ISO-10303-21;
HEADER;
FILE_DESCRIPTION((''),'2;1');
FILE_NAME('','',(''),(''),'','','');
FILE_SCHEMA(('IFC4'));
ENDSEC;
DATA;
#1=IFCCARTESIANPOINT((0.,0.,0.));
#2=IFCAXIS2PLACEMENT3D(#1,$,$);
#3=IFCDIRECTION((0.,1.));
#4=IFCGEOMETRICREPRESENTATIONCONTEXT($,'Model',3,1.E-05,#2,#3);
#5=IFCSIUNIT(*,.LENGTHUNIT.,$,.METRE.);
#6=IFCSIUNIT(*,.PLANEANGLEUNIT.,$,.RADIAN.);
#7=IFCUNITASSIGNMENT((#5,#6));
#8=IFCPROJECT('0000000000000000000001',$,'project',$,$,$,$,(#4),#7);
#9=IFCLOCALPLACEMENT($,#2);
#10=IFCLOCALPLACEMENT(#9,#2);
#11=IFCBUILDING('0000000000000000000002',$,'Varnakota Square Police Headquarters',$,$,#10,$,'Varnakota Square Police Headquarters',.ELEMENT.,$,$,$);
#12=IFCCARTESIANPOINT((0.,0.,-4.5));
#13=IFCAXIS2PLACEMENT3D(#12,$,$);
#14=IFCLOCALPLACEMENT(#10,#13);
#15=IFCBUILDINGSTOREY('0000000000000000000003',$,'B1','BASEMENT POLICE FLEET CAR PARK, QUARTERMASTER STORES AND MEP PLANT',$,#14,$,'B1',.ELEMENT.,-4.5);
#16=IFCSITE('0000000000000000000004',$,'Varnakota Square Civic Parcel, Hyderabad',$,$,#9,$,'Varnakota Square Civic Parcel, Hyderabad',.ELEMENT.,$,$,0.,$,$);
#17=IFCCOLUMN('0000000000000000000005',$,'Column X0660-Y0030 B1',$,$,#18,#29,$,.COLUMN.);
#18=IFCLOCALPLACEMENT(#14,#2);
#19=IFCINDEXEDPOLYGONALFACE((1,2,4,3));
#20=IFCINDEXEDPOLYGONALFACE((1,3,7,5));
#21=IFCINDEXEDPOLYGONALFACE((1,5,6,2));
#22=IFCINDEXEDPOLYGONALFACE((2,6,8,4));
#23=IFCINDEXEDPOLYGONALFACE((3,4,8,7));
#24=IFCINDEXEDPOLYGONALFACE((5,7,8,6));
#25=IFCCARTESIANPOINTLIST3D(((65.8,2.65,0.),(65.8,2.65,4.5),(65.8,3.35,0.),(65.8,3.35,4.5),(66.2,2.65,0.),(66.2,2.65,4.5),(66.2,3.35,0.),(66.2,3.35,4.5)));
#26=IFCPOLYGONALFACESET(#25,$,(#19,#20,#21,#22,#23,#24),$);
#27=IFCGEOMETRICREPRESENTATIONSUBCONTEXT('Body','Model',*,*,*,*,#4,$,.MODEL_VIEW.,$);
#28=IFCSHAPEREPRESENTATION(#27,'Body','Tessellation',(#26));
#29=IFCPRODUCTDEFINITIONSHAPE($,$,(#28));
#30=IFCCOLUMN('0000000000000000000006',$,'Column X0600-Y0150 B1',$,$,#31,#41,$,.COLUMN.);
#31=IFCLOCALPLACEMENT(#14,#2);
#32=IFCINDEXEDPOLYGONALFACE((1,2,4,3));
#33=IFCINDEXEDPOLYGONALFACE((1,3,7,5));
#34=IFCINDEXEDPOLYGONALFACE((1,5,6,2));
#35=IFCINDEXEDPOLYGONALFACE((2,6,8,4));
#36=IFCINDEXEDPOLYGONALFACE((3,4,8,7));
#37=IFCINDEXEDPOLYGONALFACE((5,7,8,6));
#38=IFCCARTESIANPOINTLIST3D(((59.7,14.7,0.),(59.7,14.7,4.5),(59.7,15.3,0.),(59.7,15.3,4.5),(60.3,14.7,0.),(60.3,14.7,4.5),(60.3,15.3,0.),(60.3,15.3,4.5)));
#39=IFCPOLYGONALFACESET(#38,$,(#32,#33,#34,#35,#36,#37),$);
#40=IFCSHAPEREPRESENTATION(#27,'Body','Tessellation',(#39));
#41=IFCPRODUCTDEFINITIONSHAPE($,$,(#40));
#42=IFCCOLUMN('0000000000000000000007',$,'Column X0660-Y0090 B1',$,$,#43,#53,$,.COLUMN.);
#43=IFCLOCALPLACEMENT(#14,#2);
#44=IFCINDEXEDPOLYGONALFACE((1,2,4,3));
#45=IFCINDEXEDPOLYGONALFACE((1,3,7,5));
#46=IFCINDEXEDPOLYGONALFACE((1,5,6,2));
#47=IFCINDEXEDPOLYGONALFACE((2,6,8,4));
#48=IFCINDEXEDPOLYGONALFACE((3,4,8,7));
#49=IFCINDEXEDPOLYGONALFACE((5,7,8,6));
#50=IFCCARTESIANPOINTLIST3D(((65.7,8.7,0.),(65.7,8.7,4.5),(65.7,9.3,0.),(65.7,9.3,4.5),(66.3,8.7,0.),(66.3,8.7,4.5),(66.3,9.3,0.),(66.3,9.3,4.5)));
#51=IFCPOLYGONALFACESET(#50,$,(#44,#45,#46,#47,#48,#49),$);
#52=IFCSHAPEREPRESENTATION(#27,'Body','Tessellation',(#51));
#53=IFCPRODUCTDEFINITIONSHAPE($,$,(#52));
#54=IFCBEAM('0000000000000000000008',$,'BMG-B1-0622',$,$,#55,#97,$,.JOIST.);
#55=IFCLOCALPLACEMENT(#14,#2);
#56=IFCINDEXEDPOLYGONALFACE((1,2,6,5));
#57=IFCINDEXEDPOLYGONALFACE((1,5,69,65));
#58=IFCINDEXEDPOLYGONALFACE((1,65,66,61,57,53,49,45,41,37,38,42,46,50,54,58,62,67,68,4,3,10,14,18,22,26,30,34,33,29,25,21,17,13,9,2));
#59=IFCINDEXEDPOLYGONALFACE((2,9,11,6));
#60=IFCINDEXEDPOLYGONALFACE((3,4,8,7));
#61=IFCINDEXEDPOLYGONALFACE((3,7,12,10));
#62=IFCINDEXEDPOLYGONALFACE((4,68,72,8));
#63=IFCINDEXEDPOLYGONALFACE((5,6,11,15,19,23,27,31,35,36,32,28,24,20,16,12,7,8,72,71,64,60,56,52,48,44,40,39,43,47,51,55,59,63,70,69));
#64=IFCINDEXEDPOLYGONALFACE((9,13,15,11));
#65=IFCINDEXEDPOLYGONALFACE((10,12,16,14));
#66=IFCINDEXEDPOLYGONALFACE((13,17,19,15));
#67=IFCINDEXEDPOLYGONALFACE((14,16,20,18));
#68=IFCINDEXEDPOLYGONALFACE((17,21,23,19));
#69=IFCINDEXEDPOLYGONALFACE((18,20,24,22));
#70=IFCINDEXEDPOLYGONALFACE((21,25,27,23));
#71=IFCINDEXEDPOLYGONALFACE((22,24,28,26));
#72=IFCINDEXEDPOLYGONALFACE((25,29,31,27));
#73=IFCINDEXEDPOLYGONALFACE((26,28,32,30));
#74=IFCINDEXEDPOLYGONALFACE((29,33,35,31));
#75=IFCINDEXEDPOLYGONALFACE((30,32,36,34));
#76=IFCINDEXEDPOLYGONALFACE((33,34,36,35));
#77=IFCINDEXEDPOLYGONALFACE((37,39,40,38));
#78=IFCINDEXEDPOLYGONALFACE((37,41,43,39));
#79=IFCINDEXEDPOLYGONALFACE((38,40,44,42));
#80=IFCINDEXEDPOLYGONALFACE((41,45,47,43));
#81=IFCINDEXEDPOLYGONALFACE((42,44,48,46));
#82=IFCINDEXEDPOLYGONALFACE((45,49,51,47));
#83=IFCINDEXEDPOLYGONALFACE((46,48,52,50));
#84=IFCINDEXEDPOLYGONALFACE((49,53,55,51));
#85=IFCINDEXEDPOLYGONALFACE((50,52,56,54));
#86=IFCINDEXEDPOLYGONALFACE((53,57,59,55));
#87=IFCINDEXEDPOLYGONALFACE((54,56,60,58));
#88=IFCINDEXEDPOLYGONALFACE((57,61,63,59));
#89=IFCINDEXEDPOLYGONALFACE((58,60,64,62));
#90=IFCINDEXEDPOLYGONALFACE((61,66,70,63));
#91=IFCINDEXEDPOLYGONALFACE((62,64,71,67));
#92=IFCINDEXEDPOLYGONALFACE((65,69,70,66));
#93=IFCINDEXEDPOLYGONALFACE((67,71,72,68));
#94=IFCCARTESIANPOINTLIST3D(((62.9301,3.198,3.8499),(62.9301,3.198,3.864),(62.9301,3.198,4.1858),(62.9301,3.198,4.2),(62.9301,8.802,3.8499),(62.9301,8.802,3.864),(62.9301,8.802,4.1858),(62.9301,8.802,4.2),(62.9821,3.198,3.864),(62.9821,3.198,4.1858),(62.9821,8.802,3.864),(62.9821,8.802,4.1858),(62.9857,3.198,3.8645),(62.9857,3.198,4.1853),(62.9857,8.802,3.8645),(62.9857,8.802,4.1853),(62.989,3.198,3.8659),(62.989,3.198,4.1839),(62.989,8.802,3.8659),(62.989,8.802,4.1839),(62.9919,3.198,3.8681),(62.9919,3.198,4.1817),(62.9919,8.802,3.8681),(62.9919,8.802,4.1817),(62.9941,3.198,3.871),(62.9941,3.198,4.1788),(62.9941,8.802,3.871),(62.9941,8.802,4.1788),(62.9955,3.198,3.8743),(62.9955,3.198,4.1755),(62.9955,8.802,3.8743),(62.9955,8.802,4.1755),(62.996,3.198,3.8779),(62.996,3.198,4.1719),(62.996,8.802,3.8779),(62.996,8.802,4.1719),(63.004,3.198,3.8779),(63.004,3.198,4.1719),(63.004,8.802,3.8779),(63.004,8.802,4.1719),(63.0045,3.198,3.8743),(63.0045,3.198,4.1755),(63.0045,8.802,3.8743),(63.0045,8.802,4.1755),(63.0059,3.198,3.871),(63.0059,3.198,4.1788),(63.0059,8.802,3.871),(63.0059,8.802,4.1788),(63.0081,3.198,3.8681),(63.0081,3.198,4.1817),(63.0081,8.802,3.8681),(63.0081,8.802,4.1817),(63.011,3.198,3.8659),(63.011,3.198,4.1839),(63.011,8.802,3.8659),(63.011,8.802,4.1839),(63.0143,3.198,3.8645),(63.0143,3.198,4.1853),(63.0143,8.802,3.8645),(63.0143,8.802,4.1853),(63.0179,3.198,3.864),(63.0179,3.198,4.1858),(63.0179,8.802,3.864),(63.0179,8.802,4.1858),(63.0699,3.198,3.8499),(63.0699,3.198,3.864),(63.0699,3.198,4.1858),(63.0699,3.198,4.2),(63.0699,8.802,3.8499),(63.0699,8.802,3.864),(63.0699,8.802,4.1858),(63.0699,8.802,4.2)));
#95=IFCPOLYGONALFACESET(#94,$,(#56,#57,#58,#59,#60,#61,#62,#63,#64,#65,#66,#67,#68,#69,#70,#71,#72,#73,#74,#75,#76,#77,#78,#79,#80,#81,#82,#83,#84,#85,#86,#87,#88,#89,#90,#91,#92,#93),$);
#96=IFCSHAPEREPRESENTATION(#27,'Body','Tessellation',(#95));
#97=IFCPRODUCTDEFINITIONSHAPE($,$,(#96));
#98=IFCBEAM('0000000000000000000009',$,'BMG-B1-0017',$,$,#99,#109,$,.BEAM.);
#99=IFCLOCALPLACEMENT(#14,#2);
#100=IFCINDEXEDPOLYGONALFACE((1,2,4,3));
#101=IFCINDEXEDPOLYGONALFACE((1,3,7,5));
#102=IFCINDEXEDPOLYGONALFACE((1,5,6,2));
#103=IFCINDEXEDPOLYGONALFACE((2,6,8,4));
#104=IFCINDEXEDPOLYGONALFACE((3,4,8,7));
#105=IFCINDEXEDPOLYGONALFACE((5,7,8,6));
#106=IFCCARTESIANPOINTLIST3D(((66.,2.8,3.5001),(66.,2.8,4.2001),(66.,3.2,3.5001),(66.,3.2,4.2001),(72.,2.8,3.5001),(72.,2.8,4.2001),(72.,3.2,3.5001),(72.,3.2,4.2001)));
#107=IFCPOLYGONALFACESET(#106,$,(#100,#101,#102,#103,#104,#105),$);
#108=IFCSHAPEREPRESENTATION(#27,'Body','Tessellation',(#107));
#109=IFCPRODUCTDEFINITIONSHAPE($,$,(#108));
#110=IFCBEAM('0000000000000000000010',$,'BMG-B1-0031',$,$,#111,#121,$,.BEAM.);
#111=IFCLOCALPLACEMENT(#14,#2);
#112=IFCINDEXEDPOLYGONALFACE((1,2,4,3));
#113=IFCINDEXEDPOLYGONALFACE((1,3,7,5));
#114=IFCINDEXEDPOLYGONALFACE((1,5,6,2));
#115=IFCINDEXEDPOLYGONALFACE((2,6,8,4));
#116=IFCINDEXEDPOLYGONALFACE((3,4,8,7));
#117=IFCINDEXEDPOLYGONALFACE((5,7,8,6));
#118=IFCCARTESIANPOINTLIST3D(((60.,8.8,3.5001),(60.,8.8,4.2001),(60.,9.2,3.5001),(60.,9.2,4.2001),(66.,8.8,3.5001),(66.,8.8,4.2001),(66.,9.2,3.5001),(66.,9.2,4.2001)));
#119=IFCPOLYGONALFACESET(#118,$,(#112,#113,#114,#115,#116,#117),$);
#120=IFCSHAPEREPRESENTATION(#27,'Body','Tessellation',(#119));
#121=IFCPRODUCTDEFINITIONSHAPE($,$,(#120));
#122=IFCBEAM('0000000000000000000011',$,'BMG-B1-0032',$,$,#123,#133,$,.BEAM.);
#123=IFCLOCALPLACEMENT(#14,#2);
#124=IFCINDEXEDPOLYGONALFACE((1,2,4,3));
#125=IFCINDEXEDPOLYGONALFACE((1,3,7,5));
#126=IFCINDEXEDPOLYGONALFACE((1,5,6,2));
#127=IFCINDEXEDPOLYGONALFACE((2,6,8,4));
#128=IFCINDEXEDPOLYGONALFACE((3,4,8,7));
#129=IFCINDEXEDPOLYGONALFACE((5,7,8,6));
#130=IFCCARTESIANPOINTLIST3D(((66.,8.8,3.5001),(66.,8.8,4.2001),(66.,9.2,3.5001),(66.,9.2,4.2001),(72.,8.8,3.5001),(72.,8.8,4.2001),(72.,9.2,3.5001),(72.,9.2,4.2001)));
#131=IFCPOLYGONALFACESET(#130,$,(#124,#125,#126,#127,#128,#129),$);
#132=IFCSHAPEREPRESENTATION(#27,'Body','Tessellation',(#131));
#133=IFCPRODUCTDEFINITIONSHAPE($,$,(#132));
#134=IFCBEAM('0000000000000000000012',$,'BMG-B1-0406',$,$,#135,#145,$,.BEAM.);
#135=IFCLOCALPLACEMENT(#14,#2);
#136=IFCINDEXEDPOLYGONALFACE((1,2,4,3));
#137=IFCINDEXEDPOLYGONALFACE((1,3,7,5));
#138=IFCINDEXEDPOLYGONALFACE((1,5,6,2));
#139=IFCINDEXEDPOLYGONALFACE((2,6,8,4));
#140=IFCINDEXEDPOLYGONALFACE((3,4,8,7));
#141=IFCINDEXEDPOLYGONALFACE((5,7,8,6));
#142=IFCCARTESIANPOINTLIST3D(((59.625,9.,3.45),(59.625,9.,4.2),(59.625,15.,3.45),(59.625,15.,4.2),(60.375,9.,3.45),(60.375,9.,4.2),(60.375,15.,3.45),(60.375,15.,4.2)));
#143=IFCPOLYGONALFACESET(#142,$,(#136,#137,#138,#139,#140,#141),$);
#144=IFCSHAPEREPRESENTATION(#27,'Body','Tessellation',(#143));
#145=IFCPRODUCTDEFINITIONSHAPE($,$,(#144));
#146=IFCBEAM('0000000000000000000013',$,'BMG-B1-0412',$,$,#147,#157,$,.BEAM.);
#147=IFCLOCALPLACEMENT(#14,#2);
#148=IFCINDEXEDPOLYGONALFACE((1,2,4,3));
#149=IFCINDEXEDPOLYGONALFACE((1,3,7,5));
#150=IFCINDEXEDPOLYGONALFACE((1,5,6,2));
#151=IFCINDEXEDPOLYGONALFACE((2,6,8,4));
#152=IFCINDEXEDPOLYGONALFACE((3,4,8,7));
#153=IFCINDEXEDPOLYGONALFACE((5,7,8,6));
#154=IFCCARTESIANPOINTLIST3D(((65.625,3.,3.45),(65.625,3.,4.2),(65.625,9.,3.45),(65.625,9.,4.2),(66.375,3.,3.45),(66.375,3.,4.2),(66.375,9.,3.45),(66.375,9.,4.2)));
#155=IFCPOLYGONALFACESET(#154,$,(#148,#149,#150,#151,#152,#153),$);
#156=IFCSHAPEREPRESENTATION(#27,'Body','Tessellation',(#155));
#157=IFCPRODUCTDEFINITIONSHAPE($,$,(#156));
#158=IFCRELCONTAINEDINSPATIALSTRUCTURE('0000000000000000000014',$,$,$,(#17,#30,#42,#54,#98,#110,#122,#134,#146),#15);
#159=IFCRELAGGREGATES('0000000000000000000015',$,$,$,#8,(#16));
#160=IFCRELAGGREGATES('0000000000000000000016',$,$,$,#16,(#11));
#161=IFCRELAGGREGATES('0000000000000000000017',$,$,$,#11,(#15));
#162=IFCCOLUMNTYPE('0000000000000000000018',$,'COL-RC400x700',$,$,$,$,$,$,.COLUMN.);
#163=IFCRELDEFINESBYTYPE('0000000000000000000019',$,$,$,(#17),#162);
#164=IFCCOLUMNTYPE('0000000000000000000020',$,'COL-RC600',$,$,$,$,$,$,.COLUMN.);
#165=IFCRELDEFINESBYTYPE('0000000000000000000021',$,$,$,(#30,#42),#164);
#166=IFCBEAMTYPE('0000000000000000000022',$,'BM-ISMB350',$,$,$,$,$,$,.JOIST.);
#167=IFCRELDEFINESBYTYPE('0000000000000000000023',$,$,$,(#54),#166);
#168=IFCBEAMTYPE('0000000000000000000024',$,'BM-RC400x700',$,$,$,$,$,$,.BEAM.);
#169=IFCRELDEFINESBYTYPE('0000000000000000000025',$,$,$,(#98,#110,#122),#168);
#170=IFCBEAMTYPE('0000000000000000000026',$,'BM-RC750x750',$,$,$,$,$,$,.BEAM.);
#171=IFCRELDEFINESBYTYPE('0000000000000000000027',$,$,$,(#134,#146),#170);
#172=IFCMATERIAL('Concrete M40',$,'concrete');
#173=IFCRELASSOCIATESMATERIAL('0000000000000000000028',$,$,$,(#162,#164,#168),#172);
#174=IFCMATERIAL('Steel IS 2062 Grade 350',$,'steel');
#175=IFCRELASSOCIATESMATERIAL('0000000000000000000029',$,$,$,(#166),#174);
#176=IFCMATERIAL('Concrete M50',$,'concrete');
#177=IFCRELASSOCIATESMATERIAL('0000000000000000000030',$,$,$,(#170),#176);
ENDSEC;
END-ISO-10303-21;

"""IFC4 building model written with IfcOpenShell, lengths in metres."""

from ifc_helpers import new_model, si_unit, direction, frame, origin, origin_2d, place, context, subcontext, project, spatial, rectangle, i_section, extrude, material, material_profile, profile_set, type_object, element, save


model = new_model("IFC4")

# Units and contexts
model_context = context("Model", 3, precision=1e-05, world=origin(), true_north=direction((0.0, 1.0)))
body_context = subcontext(model_context, "Body", "Model", "MODEL_VIEW")
ifc_project = project(units=[si_unit("LENGTHUNIT", "METRE"), si_unit("PLANEANGLEUNIT", "RADIAN")], contexts=[model_context])

# Site, building, storey
site_placement = place(None, origin())
site = spatial("IfcSite", under=ifc_project, at=site_placement, Name="Varnakota Square Civic Parcel, Hyderabad", LongName="Varnakota Square Civic Parcel, Hyderabad", CompositionType="ELEMENT", RefElevation=0.0)
building_placement = place(site_placement, origin())
building = spatial("IfcBuilding", under=site, at=building_placement, Name="Varnakota Square Police Headquarters", LongName="Varnakota Square Police Headquarters", CompositionType="ELEMENT")
storey_placement = place(building_placement, frame((0.0, 0.0, -4.5)))
storey = spatial("IfcBuildingStorey", under=building, at=storey_placement, Name="B1", Description="BASEMENT POLICE FLEET CAR PARK, QUARTERMASTER STORES AND MEP PLANT", LongName="B1", CompositionType="ELEMENT", Elevation=-4.5)

# Shared definitions
ifc_material_1 = material(Name="Concrete M40", Category="concrete")

# Columns
ifc_material_profile_1 = material_profile(ifc_material_1, rectangle(XDim=0.3999, YDim=0.7, at=origin_2d()), Name="RC 400x700")
ifc_profile_set_1 = profile_set([ifc_material_profile_1], Name="Concrete M40")
column_type_1 = type_object("IfcColumnType", Name="COL-RC400x700", PredefinedType="COLUMN", material=ifc_profile_set_1)
column_placement = place(storey_placement, frame((66.0, 3.0, 0.0), z_axis=(0.0, 0.0, 1.0), x_axis=(1.0, 0.0, 0.0)))
element("IfcColumn", 1, at=column_placement, inside=storey, type_object=column_type_1, Name="Column X0660-Y0030 B1", PredefinedType="COLUMN", context=body_context, shape_type="SweptSolid", body=[
    extrude(rectangle(XDim=0.3999, YDim=0.7, at=origin_2d()), origin(), (0.0, 0.0, 1.0), 4.5),
])
ifc_material_profile_2 = material_profile(ifc_material_1, rectangle(XDim=0.6001, YDim=0.6001, at=origin_2d()), Name="RC 600x600")
ifc_profile_set_2 = profile_set([ifc_material_profile_2], Name="Concrete M40")
column_type_2 = type_object("IfcColumnType", Name="COL-RC600", PredefinedType="COLUMN", material=ifc_profile_set_2)
for number, where, z_axis, x_axis, name in (
    (2, (60.0, 15.0, 0.0), (0.0, 0.0, 1.0), (1.0, 0.0, 0.0), "Column X0600-Y0150 B1"),
    (3, (66.0, 9.0, 0.0), (0.0, 0.0, 1.0), (1.0, 0.0, 0.0), "Column X0660-Y0090 B1"),
):
    element("IfcColumn", number, at=place(storey_placement, frame(where, z_axis=z_axis, x_axis=x_axis)), inside=storey, type_object=column_type_2, Name=name, PredefinedType="COLUMN", context=body_context, shape_type="SweptSolid", body=[
        extrude(rectangle(XDim=0.6001, YDim=0.6001, at=origin_2d()), origin(), (0.0, 0.0, 1.0), 4.5),
    ])

# Beams
ifc_material_2 = material(Name="Steel IS 2062 Grade 350", Category="steel")
ifc_material_profile_3 = material_profile(ifc_material_2, i_section(OverallWidth=0.1399, OverallDepth=0.3501, WebThickness=0.0081, FlangeThickness=0.0142, FilletRadius=0.0139, at=origin_2d()), Name="ISMB 350")
ifc_profile_set_3 = profile_set([ifc_material_profile_3], Name="Steel IS 2062 Grade 350")
beam_type_1 = type_object("IfcBeamType", Name="BM-ISMB350", PredefinedType="JOIST", material=ifc_profile_set_3)
beam_placement = place(storey_placement, frame((63.0, 3.198, 4.0249), z_axis=(0.0, 1.0, 0.0), x_axis=(-1.0, 0.0, 0.0)))
element("IfcBeam", 4, at=beam_placement, inside=storey, type_object=beam_type_1, Name="BMG-B1-0622", PredefinedType="JOIST", context=body_context, shape_type="SweptSolid", body=[
    extrude(i_section(OverallWidth=0.1399, OverallDepth=0.3501, WebThickness=0.0081, FlangeThickness=0.0142, FilletRadius=0.0139, at=origin_2d()), origin(), (0.0, 0.0, 1.0), 5.604),
])
ifc_material_profile_4 = material_profile(ifc_material_1, rectangle(XDim=0.3999, YDim=0.7, at=origin_2d()), Name="RC 400x700")
ifc_profile_set_4 = profile_set([ifc_material_profile_4], Name="Concrete M40")
beam_type_2 = type_object("IfcBeamType", Name="BM-RC400x700", PredefinedType="BEAM", material=ifc_profile_set_4)
for number, where, z_axis, x_axis, name in (
    (5, (66.0, 3.0, 3.8501), (1.0, 0.0, 0.0), (0.0, 1.0, 0.0), "BMG-B1-0017"),
    (6, (60.0, 9.0, 3.8501), (1.0, 0.0, 0.0), (0.0, 1.0, 0.0), "BMG-B1-0031"),
    (7, (66.0, 9.0, 3.8501), (1.0, 0.0, 0.0), (0.0, 1.0, 0.0), "BMG-B1-0032"),
):
    element("IfcBeam", number, at=place(storey_placement, frame(where, z_axis=z_axis, x_axis=x_axis)), inside=storey, type_object=beam_type_2, Name=name, PredefinedType="BEAM", context=body_context, shape_type="SweptSolid", body=[
        extrude(rectangle(XDim=0.3999, YDim=0.7, at=origin_2d()), origin(), (0.0, 0.0, 1.0), 6.0),
    ])
ifc_material_3 = material(Name="Concrete M50", Category="concrete")
ifc_material_profile_5 = material_profile(ifc_material_3, rectangle(XDim=0.75, YDim=0.75, at=origin_2d()), Name="RC 750x750")
ifc_profile_set_5 = profile_set([ifc_material_profile_5], Name="Concrete M50")
beam_type_3 = type_object("IfcBeamType", Name="BM-RC750x750", PredefinedType="BEAM", material=ifc_profile_set_5)
for number, where, z_axis, x_axis, name in (
    (8, (60.0, 9.0, 3.825), (0.0, 1.0, 0.0), (-1.0, 0.0, 0.0), "BMG-B1-0406"),
    (9, (66.0, 3.0, 3.825), (0.0, 1.0, 0.0), (-1.0, 0.0, 0.0), "BMG-B1-0412"),
):
    element("IfcBeam", number, at=place(storey_placement, frame(where, z_axis=z_axis, x_axis=x_axis)), inside=storey, type_object=beam_type_3, Name=name, PredefinedType="BEAM", context=body_context, shape_type="SweptSolid", body=[
        extrude(rectangle(XDim=0.75, YDim=0.75, at=origin_2d()), origin(), (0.0, 0.0, 1.0), 6.0),
    ])

save(model, "model.ifc")
